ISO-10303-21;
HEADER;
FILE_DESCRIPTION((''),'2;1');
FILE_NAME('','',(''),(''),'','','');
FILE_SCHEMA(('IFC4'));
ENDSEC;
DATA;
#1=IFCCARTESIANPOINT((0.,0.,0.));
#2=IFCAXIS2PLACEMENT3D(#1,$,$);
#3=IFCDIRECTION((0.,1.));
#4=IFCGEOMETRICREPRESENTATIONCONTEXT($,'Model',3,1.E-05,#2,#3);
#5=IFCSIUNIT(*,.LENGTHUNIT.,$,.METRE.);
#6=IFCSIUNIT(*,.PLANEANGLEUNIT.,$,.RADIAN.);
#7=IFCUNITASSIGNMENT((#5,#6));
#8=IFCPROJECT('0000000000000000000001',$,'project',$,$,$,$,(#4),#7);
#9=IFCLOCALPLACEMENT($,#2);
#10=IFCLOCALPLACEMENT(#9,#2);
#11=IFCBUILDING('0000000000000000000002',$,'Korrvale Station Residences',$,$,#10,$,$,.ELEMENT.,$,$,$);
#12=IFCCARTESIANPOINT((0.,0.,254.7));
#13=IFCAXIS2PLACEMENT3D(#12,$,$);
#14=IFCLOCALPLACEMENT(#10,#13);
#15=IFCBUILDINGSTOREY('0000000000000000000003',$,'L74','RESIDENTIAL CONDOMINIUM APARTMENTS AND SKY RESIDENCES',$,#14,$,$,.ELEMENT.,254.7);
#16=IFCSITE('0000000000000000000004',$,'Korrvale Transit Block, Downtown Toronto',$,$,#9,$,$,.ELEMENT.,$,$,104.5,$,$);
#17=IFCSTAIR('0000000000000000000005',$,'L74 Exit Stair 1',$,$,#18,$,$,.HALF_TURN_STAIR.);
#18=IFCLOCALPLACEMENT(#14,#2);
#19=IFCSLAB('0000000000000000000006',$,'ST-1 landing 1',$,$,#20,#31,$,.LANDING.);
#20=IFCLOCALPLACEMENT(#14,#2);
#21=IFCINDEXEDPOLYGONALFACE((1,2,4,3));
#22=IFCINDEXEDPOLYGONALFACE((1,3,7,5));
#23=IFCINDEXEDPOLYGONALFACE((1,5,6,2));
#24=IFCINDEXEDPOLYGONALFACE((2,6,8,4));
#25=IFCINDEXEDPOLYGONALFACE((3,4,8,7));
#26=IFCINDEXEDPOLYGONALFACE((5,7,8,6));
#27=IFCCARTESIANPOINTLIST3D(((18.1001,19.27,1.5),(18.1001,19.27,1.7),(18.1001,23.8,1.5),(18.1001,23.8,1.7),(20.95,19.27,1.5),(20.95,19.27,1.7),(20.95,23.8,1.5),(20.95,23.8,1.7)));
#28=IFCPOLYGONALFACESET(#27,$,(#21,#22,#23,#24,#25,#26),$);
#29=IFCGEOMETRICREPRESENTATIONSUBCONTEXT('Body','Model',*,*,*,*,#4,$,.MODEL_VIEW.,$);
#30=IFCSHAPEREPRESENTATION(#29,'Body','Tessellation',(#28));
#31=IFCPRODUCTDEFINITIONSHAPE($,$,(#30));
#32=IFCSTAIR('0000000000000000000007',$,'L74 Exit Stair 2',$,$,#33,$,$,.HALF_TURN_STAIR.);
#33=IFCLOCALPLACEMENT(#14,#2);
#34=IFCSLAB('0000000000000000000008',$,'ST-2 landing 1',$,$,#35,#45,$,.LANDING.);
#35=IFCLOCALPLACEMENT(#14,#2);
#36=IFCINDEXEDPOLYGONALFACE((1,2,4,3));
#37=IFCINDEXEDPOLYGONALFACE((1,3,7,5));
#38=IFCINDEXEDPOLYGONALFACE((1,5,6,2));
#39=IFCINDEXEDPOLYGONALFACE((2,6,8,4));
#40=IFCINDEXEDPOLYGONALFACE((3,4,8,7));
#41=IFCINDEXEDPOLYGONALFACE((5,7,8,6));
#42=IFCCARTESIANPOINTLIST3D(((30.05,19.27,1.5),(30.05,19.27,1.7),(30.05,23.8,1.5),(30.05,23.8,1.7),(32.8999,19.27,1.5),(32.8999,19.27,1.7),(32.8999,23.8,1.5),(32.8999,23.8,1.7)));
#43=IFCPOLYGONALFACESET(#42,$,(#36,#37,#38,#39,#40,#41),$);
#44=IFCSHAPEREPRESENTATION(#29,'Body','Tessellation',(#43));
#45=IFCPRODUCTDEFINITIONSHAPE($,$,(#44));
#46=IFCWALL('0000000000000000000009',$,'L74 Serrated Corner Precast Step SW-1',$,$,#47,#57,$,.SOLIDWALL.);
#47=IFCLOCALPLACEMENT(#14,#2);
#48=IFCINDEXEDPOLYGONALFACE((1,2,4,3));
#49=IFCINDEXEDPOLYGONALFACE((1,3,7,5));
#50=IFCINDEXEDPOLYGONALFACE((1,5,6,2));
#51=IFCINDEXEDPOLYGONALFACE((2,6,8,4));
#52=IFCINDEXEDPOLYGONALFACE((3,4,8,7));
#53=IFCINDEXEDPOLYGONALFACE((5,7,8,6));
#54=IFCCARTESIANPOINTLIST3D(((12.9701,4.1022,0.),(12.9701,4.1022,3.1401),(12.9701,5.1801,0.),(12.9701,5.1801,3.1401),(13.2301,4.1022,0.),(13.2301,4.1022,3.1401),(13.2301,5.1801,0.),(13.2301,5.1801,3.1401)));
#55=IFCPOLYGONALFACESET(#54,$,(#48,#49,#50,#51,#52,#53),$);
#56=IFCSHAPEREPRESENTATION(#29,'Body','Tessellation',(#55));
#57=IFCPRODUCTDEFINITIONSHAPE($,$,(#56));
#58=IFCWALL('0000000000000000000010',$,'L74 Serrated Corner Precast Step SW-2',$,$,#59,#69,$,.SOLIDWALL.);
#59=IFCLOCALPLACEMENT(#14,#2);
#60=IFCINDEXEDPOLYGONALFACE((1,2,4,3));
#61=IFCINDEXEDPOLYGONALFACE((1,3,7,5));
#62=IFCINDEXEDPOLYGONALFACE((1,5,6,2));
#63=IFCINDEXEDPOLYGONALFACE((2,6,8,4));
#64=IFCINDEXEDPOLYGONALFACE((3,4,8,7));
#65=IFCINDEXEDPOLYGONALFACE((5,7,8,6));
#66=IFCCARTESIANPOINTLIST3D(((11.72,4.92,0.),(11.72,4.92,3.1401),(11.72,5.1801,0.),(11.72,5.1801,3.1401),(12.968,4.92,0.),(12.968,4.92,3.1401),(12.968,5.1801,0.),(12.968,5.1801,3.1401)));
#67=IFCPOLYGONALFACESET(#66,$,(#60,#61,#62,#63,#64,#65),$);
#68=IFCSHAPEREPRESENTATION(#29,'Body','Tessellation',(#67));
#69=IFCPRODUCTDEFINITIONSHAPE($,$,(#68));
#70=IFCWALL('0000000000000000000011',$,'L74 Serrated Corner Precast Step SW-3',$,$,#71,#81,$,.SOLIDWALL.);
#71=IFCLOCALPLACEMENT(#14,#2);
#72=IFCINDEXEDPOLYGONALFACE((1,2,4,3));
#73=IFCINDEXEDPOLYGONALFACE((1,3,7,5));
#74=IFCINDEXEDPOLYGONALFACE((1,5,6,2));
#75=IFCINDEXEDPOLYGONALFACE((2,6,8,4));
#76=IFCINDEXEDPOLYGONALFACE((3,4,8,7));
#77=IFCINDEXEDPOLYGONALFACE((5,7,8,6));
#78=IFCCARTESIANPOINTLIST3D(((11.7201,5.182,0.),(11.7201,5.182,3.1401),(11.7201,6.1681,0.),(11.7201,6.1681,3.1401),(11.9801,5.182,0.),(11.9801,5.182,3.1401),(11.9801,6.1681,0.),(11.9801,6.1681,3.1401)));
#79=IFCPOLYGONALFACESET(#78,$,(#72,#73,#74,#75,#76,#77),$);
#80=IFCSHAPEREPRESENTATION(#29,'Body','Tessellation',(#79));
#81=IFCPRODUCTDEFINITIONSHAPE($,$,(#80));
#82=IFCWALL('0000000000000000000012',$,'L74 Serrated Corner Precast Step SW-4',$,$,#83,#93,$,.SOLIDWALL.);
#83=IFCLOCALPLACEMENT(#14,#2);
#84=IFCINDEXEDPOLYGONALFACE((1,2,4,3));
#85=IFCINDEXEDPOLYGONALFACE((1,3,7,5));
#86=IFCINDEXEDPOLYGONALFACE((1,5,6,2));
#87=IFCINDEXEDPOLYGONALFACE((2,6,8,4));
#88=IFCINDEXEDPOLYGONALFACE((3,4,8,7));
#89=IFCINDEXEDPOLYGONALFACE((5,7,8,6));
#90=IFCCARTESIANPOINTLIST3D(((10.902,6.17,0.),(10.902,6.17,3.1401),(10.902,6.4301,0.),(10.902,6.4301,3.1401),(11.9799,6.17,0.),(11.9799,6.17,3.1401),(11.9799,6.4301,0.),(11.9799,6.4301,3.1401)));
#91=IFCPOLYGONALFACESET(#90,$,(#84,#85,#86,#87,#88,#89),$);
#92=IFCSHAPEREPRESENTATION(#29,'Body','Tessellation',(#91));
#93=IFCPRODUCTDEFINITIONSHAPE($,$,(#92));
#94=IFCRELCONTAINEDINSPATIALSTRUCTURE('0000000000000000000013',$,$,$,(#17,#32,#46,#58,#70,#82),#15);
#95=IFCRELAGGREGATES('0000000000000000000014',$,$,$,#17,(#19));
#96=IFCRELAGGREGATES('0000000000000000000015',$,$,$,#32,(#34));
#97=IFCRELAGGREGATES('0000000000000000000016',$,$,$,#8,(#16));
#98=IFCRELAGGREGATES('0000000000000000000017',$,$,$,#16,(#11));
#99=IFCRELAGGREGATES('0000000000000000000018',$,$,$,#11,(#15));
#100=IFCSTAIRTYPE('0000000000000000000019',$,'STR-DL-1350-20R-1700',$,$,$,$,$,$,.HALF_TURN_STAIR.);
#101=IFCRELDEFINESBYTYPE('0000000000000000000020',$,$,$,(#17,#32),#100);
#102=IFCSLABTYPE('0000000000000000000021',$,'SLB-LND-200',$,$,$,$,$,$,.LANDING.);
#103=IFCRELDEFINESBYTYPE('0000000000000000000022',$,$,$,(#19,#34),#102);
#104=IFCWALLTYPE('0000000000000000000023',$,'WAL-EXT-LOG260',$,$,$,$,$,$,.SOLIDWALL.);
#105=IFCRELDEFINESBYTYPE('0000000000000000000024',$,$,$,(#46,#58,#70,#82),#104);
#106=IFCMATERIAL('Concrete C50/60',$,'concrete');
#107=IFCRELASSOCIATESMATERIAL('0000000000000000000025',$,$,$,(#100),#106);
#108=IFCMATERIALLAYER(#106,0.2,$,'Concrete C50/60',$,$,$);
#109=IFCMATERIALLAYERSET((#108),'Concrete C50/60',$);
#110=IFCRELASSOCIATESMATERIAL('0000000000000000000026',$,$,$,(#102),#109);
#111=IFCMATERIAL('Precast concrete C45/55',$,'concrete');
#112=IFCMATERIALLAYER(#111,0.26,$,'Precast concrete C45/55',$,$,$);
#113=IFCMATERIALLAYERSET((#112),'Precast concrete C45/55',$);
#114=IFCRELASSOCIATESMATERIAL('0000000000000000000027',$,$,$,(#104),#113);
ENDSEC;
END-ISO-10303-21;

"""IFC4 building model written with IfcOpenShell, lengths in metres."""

from ifc_helpers import new_model, si_unit, direction, frame, frame_2d, origin, place, context, subcontext, project, spatial, polyline, rectangle, outline, extrude, material, layer, layer_set, type_object, element, aggregate, save


model = new_model("IFC4")

# Units and contexts
model_context = context("Model", 3, precision=1e-05, world=origin(), true_north=direction((0.0, 1.0)))
body_context = subcontext(model_context, "Body", "Model", "MODEL_VIEW")
ifc_project = project(units=[si_unit("LENGTHUNIT", "METRE"), si_unit("PLANEANGLEUNIT", "RADIAN")], contexts=[model_context])

# Site, building, storey
site_placement = place(None, origin())
site = spatial("IfcSite", under=ifc_project, at=site_placement, Name="Korrvale Transit Block, Downtown Toronto", CompositionType="ELEMENT", RefElevation=104.5)
building_placement = place(site_placement, origin())
building = spatial("IfcBuilding", under=site, at=building_placement, Name="Korrvale Station Residences", CompositionType="ELEMENT")
storey_placement = place(building_placement, frame((0.0, 0.0, 254.7)))
storey = spatial("IfcBuildingStorey", under=building, at=storey_placement, Name="L74", Description="RESIDENTIAL CONDOMINIUM APARTMENTS AND SKY RESIDENCES", CompositionType="ELEMENT", Elevation=254.7)

# Shared definitions
ifc_material_1 = material(Name="Concrete C50/60", Category="concrete")

# Stairs, slabs
stair_type = type_object("IfcStairType", Name="STR-DL-1350-20R-1700", PredefinedType="HALF_TURN_STAIR", material=ifc_material_1)
stair_1_placement = place(storey_placement, origin())
stair_1 = element("IfcStair", 1, at=stair_1_placement, inside=storey, type_object=stair_type, Name="L74 Exit Stair 1", PredefinedType="HALF_TURN_STAIR")
ifc_layer_1 = layer(ifc_material_1, 0.2, Name="Concrete C50/60")
ifc_layer_set_1 = layer_set([ifc_layer_1], Name="Concrete C50/60")
slab_type_1 = type_object("IfcSlabType", Name="SLB-LND-200", PredefinedType="LANDING", material=ifc_layer_set_1)
slab_1_placement = place(storey_placement, frame((0.0, 0.0, 1.5)))
slab_1 = element("IfcSlab", 2, at=slab_1_placement, type_object=slab_type_1, Name="ST-1 landing 1", PredefinedType="LANDING", context=body_context, shape_type="SweptSolid", body=[
    extrude(outline(polyline([(20.95, 19.27), (20.95, 23.8), (18.1001, 23.8), (18.1001, 19.27), (20.95, 19.27)])), origin(), (0.0, 0.0, 1.0), 0.2),
])
aggregate(stair_1, [slab_1])
stair_2_placement = place(storey_placement, origin())
stair_2 = element("IfcStair", 3, at=stair_2_placement, inside=storey, type_object=stair_type, Name="L74 Exit Stair 2", PredefinedType="HALF_TURN_STAIR")
slab_2_placement = place(storey_placement, frame((0.0, 0.0, 1.5)))
slab_2 = element("IfcSlab", 4, at=slab_2_placement, type_object=slab_type_1, Name="ST-2 landing 1", PredefinedType="LANDING", context=body_context, shape_type="SweptSolid", body=[
    extrude(outline(polyline([(32.8999, 19.27), (32.8999, 23.8), (30.05, 23.8), (30.05, 19.27), (32.8999, 19.27)])), origin(), (0.0, 0.0, 1.0), 0.2),
])
aggregate(stair_2, [slab_2])

# Walls
ifc_material_2 = material(Name="Precast concrete C45/55", Category="concrete")
ifc_layer_2 = layer(ifc_material_2, 0.26, Name="Precast concrete C45/55")
ifc_layer_set_2 = layer_set([ifc_layer_2], Name="Precast concrete C45/55")
wall_type_1 = type_object("IfcWallType", Name="WAL-EXT-LOG260", PredefinedType="SOLIDWALL", material=ifc_layer_set_2)
wall_1_placement = place(storey_placement, frame((13.1001, 4.1021, 0.0), z_axis=(0.0, 0.0, 1.0), x_axis=(0.0, 1.0, 0.0)))
element("IfcWall", 5, at=wall_1_placement, inside=storey, type_object=wall_type_1, Name="L74 Serrated Corner Precast Step SW-1", PredefinedType="SOLIDWALL", context=body_context, shape_type="SweptSolid", body=[
    extrude(rectangle(XDim=1.0779, YDim=0.26, at=frame_2d((0.5391, 0.0))), origin(), (0.0, 0.0, 1.0), 3.1401),
])
wall_2_placement = place(storey_placement, frame((12.968, 5.05, 0.0), z_axis=(0.0, 0.0, 1.0), x_axis=(-1.0, 0.0, 0.0)))
element("IfcWall", 6, at=wall_2_placement, inside=storey, type_object=wall_type_1, Name="L74 Serrated Corner Precast Step SW-2", PredefinedType="SOLIDWALL", context=body_context, shape_type="SweptSolid", body=[
    extrude(rectangle(XDim=1.248, YDim=0.26, at=frame_2d((0.624, 0.0))), origin(), (0.0, 0.0, 1.0), 3.1401),
])
wall_3_placement = place(storey_placement, frame((11.8501, 5.1819, 0.0), z_axis=(0.0, 0.0, 1.0), x_axis=(0.0, 1.0, 0.0)))
element("IfcWall", 7, at=wall_3_placement, inside=storey, type_object=wall_type_1, Name="L74 Serrated Corner Precast Step SW-3", PredefinedType="SOLIDWALL", context=body_context, shape_type="SweptSolid", body=[
    extrude(rectangle(XDim=0.9861, YDim=0.26, at=frame_2d((0.4932, 0.0))), origin(), (0.0, 0.0, 1.0), 3.1401),
])
wall_4_placement = place(storey_placement, frame((11.98, 6.3, 0.0), z_axis=(0.0, 0.0, 1.0), x_axis=(-1.0, 0.0, 0.0)))
element("IfcWall", 8, at=wall_4_placement, inside=storey, type_object=wall_type_1, Name="L74 Serrated Corner Precast Step SW-4", PredefinedType="SOLIDWALL", context=body_context, shape_type="SweptSolid", body=[
    extrude(rectangle(XDim=1.0779, YDim=0.26, at=frame_2d((0.5391, 0.0))), origin(), (0.0, 0.0, 1.0), 3.1401),
])

save(model, "model.ifc")
